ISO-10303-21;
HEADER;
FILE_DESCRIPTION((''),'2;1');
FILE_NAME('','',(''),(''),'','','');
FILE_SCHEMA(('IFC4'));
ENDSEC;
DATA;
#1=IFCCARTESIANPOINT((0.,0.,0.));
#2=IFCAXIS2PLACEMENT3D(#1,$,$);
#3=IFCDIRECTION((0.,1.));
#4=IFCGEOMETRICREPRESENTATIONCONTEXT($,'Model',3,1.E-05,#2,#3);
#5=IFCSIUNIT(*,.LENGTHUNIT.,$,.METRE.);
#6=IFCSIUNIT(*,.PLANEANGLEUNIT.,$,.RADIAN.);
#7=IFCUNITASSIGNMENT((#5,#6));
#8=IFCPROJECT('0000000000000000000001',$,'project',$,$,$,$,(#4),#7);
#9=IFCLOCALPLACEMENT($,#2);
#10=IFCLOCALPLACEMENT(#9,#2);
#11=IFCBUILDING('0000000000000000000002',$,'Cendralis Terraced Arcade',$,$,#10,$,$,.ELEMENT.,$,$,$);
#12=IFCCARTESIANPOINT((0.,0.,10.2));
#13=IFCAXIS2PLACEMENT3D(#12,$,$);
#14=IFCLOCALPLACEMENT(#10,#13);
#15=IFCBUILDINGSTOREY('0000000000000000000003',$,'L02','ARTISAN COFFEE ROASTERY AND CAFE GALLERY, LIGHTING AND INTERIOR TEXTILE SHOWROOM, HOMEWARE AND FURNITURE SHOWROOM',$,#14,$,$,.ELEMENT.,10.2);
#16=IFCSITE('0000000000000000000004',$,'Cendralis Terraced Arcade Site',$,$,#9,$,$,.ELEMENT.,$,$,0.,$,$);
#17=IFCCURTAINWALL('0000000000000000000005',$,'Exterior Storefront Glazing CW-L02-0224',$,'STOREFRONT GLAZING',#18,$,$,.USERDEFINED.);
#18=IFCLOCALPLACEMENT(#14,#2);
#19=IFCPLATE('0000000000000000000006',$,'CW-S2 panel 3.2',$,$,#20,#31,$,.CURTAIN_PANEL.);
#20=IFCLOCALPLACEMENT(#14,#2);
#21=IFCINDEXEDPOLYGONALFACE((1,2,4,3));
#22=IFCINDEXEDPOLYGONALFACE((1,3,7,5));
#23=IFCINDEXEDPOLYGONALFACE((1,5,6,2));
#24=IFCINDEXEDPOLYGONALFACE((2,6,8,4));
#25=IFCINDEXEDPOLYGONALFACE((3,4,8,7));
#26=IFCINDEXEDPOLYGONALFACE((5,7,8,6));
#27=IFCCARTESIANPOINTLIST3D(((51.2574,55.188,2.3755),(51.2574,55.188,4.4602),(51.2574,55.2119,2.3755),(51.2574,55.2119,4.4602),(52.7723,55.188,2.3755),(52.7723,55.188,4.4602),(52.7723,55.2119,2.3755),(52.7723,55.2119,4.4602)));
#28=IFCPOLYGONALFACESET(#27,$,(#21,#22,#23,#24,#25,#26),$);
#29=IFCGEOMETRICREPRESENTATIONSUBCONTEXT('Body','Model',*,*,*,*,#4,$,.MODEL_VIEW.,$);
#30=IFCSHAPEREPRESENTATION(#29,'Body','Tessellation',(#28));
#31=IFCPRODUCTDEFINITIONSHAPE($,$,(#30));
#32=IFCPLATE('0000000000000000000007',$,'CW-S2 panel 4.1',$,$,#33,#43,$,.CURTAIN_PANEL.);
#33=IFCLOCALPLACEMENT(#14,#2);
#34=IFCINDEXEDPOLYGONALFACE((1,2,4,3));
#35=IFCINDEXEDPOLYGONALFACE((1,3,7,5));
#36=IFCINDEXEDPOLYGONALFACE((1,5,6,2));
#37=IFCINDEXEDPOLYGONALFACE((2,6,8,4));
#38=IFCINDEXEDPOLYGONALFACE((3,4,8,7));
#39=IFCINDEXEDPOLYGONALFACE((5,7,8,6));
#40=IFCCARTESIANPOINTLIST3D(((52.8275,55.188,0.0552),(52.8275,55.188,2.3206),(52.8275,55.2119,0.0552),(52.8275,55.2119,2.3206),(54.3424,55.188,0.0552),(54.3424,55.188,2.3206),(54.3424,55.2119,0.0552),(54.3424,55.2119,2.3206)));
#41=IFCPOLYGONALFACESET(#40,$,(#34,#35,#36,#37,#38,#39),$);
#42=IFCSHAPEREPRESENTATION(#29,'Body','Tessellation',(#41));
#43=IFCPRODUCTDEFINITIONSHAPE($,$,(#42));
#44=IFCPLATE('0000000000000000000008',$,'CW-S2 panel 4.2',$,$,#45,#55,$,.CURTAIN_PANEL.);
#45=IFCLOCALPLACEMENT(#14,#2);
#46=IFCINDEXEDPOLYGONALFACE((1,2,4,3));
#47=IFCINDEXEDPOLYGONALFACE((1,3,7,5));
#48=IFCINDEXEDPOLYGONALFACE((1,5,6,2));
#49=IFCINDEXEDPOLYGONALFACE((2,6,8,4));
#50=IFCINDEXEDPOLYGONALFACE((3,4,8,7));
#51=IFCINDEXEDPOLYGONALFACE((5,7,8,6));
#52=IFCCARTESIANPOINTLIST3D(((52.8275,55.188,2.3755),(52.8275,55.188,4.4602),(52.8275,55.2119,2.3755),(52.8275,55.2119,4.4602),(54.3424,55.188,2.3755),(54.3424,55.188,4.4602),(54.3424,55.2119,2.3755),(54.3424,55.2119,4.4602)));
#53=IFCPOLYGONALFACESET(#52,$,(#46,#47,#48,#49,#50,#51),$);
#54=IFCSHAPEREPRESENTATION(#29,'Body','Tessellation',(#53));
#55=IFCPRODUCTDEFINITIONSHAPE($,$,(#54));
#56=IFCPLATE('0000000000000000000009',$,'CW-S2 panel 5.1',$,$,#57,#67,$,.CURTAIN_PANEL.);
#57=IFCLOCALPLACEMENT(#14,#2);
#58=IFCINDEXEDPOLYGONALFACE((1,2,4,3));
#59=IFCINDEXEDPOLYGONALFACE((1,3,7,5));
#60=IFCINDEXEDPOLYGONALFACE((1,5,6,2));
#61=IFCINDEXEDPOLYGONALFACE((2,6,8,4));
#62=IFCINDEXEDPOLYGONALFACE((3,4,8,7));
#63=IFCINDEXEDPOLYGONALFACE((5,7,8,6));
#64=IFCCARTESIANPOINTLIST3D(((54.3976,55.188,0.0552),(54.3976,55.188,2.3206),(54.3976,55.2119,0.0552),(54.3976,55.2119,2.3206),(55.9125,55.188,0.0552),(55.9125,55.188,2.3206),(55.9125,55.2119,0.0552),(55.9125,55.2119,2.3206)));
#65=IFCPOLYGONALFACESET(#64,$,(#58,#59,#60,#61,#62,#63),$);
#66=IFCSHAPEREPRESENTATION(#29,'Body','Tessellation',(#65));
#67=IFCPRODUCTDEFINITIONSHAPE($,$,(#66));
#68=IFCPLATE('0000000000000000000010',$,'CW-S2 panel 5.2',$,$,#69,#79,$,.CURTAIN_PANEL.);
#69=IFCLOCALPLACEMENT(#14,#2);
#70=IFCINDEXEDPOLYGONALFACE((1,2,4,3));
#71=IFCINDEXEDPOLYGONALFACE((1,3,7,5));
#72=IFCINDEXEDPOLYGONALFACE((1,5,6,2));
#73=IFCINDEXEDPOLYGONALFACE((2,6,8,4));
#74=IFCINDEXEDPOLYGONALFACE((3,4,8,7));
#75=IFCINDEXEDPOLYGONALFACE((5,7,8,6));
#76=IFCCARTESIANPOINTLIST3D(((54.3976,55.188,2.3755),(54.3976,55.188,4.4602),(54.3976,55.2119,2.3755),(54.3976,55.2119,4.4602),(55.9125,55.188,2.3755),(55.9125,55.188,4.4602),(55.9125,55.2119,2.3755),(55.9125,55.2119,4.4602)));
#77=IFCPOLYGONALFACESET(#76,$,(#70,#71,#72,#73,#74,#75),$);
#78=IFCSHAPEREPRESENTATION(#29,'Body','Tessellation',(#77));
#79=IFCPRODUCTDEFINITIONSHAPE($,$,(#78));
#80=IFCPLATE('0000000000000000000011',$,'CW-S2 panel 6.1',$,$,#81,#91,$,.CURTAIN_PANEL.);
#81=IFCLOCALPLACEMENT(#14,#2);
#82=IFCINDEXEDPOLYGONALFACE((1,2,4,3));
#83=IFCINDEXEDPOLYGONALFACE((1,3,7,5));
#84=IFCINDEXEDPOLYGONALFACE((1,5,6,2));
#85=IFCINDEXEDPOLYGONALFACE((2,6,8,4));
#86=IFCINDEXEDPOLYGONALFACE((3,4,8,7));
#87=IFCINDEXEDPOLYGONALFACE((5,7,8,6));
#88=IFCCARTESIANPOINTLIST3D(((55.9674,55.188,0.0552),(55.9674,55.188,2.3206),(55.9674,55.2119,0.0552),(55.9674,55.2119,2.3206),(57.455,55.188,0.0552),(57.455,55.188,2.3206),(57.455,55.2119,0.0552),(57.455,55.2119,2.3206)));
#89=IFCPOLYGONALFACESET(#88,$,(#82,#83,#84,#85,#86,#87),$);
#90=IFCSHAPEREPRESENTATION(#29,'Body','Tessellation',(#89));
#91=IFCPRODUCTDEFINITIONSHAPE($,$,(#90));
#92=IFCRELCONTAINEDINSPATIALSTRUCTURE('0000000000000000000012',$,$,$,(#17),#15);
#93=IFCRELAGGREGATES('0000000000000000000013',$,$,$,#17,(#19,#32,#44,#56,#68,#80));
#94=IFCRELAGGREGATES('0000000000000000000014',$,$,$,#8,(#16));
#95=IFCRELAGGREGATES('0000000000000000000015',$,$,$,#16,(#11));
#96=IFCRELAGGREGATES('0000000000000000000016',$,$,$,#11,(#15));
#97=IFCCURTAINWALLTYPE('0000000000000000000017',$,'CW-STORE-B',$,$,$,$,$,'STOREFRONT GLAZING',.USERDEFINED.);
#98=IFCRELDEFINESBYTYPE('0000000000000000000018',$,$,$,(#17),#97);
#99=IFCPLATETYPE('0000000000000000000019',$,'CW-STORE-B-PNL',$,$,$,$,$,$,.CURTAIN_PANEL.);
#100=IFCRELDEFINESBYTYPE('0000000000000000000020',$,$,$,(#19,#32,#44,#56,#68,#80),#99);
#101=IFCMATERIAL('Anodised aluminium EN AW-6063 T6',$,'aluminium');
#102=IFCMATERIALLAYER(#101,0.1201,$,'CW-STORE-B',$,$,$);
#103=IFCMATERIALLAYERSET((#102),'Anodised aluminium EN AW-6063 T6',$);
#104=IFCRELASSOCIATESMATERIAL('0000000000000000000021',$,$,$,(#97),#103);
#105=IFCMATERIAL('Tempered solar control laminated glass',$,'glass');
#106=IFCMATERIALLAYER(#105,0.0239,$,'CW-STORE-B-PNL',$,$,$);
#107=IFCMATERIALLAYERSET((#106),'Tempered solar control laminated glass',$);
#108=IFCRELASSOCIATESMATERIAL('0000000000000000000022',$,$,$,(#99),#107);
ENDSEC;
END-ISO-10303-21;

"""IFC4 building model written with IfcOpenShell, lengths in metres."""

from ifc_helpers import new_model, si_unit, direction, frame, origin, origin_2d, place, context, subcontext, project, spatial, rectangle, extrude, material, layer, layer_set, type_object, element, aggregate, save


model = new_model("IFC4")

# Units and contexts
model_context = context("Model", 3, precision=1e-05, world=origin(), true_north=direction((0.0, 1.0)))
body_context = subcontext(model_context, "Body", "Model", "MODEL_VIEW")
ifc_project = project(units=[si_unit("LENGTHUNIT", "METRE"), si_unit("PLANEANGLEUNIT", "RADIAN")], contexts=[model_context])

# Site, building, storey
site_placement = place(None, origin())
site = spatial("IfcSite", under=ifc_project, at=site_placement, Name="Cendralis Terraced Arcade Site", CompositionType="ELEMENT", RefElevation=0.0)
building_placement = place(site_placement, origin())
building = spatial("IfcBuilding", under=site, at=building_placement, Name="Cendralis Terraced Arcade", CompositionType="ELEMENT")
storey_placement = place(building_placement, frame((0.0, 0.0, 10.2)))
storey = spatial("IfcBuildingStorey", under=building, at=storey_placement, Name="L02", Description="ARTISAN COFFEE ROASTERY AND CAFE GALLERY, LIGHTING AND INTERIOR TEXTILE SHOWROOM, HOMEWARE AND FURNITURE SHOWROOM", CompositionType="ELEMENT", Elevation=10.2)

# Curtain wall
ifc_material_1 = material(Name="Anodised aluminium EN AW-6063 T6", Category="aluminium")
ifc_layer_1 = layer(ifc_material_1, 0.1201, Name="CW-STORE-B")
ifc_layer_set_1 = layer_set([ifc_layer_1], Name="Anodised aluminium EN AW-6063 T6")
curtain_wall_type = type_object("IfcCurtainWallType", Name="CW-STORE-B", ElementType="STOREFRONT GLAZING", PredefinedType="USERDEFINED", material=ifc_layer_set_1)
curtain_wall_1_placement = place(storey_placement, origin())
curtain_wall_1 = element("IfcCurtainWall", 1, at=curtain_wall_1_placement, inside=storey, type_object=curtain_wall_type, Name="Exterior Storefront Glazing CW-L02-0224", ObjectType="STOREFRONT GLAZING", PredefinedType="USERDEFINED")

# Plates
ifc_material_2 = material(Name="Tempered solar control laminated glass", Category="glass")
ifc_layer_2 = layer(ifc_material_2, 0.0239, Name="CW-STORE-B-PNL")
ifc_layer_set_2 = layer_set([ifc_layer_2], Name="Tempered solar control laminated glass")
plate_type = type_object("IfcPlateType", Name="CW-STORE-B-PNL", PredefinedType="CURTAIN_PANEL", material=ifc_layer_set_2)
plate_1_placement = place(storey_placement, frame((52.0149, 55.2, 2.3755), z_axis=(0.0, 0.0, 1.0), x_axis=(1.0, 0.0, 0.0)))
plate_1 = element("IfcPlate", 2, at=plate_1_placement, type_object=plate_type, Name="CW-S2 panel 3.2", PredefinedType="CURTAIN_PANEL", context=body_context, shape_type="SweptSolid", body=[
    extrude(rectangle(XDim=1.5149, YDim=0.0239, at=origin_2d()), origin(), (0.0, 0.0, 1.0), 2.0847),
])
plate_2_placement = place(storey_placement, frame((53.585, 55.2, 0.0552), z_axis=(0.0, 0.0, 1.0), x_axis=(1.0, 0.0, 0.0)))
plate_2 = element("IfcPlate", 3, at=plate_2_placement, type_object=plate_type, Name="CW-S2 panel 4.1", PredefinedType="CURTAIN_PANEL", context=body_context, shape_type="SweptSolid", body=[
    extrude(rectangle(XDim=1.5149, YDim=0.0239, at=origin_2d()), origin(), (0.0, 0.0, 1.0), 2.2654),
])
plate_3_placement = place(storey_placement, frame((53.585, 55.2, 2.3755), z_axis=(0.0, 0.0, 1.0), x_axis=(1.0, 0.0, 0.0)))
plate_3 = element("IfcPlate", 4, at=plate_3_placement, type_object=plate_type, Name="CW-S2 panel 4.2", PredefinedType="CURTAIN_PANEL", context=body_context, shape_type="SweptSolid", body=[
    extrude(rectangle(XDim=1.5149, YDim=0.0239, at=origin_2d()), origin(), (0.0, 0.0, 1.0), 2.0847),
])
plate_4_placement = place(storey_placement, frame((55.155, 55.2, 0.0552), z_axis=(0.0, 0.0, 1.0), x_axis=(1.0, 0.0, 0.0)))
plate_4 = element("IfcPlate", 5, at=plate_4_placement, type_object=plate_type, Name="CW-S2 panel 5.1", PredefinedType="CURTAIN_PANEL", context=body_context, shape_type="SweptSolid", body=[
    extrude(rectangle(XDim=1.5149, YDim=0.0239, at=origin_2d()), origin(), (0.0, 0.0, 1.0), 2.2654),
])
plate_5_placement = place(storey_placement, frame((55.155, 55.2, 2.3755), z_axis=(0.0, 0.0, 1.0), x_axis=(1.0, 0.0, 0.0)))
plate_5 = element("IfcPlate", 6, at=plate_5_placement, type_object=plate_type, Name="CW-S2 panel 5.2", PredefinedType="CURTAIN_PANEL", context=body_context, shape_type="SweptSolid", body=[
    extrude(rectangle(XDim=1.5149, YDim=0.0239, at=origin_2d()), origin(), (0.0, 0.0, 1.0), 2.0847),
])
plate_6_placement = place(storey_placement, frame((56.7112, 55.2, 0.0552), z_axis=(0.0, 0.0, 1.0), x_axis=(1.0, 0.0, 0.0)))
plate_6 = element("IfcPlate", 7, at=plate_6_placement, type_object=plate_type, Name="CW-S2 panel 6.1", PredefinedType="CURTAIN_PANEL", context=body_context, shape_type="SweptSolid", body=[
    extrude(rectangle(XDim=1.4875, YDim=0.0239, at=origin_2d()), origin(), (0.0, 0.0, 1.0), 2.2654),
])
aggregate(curtain_wall_1, [plate_1, plate_2, plate_3, plate_4, plate_5, plate_6])

save(model, "model.ifc")
